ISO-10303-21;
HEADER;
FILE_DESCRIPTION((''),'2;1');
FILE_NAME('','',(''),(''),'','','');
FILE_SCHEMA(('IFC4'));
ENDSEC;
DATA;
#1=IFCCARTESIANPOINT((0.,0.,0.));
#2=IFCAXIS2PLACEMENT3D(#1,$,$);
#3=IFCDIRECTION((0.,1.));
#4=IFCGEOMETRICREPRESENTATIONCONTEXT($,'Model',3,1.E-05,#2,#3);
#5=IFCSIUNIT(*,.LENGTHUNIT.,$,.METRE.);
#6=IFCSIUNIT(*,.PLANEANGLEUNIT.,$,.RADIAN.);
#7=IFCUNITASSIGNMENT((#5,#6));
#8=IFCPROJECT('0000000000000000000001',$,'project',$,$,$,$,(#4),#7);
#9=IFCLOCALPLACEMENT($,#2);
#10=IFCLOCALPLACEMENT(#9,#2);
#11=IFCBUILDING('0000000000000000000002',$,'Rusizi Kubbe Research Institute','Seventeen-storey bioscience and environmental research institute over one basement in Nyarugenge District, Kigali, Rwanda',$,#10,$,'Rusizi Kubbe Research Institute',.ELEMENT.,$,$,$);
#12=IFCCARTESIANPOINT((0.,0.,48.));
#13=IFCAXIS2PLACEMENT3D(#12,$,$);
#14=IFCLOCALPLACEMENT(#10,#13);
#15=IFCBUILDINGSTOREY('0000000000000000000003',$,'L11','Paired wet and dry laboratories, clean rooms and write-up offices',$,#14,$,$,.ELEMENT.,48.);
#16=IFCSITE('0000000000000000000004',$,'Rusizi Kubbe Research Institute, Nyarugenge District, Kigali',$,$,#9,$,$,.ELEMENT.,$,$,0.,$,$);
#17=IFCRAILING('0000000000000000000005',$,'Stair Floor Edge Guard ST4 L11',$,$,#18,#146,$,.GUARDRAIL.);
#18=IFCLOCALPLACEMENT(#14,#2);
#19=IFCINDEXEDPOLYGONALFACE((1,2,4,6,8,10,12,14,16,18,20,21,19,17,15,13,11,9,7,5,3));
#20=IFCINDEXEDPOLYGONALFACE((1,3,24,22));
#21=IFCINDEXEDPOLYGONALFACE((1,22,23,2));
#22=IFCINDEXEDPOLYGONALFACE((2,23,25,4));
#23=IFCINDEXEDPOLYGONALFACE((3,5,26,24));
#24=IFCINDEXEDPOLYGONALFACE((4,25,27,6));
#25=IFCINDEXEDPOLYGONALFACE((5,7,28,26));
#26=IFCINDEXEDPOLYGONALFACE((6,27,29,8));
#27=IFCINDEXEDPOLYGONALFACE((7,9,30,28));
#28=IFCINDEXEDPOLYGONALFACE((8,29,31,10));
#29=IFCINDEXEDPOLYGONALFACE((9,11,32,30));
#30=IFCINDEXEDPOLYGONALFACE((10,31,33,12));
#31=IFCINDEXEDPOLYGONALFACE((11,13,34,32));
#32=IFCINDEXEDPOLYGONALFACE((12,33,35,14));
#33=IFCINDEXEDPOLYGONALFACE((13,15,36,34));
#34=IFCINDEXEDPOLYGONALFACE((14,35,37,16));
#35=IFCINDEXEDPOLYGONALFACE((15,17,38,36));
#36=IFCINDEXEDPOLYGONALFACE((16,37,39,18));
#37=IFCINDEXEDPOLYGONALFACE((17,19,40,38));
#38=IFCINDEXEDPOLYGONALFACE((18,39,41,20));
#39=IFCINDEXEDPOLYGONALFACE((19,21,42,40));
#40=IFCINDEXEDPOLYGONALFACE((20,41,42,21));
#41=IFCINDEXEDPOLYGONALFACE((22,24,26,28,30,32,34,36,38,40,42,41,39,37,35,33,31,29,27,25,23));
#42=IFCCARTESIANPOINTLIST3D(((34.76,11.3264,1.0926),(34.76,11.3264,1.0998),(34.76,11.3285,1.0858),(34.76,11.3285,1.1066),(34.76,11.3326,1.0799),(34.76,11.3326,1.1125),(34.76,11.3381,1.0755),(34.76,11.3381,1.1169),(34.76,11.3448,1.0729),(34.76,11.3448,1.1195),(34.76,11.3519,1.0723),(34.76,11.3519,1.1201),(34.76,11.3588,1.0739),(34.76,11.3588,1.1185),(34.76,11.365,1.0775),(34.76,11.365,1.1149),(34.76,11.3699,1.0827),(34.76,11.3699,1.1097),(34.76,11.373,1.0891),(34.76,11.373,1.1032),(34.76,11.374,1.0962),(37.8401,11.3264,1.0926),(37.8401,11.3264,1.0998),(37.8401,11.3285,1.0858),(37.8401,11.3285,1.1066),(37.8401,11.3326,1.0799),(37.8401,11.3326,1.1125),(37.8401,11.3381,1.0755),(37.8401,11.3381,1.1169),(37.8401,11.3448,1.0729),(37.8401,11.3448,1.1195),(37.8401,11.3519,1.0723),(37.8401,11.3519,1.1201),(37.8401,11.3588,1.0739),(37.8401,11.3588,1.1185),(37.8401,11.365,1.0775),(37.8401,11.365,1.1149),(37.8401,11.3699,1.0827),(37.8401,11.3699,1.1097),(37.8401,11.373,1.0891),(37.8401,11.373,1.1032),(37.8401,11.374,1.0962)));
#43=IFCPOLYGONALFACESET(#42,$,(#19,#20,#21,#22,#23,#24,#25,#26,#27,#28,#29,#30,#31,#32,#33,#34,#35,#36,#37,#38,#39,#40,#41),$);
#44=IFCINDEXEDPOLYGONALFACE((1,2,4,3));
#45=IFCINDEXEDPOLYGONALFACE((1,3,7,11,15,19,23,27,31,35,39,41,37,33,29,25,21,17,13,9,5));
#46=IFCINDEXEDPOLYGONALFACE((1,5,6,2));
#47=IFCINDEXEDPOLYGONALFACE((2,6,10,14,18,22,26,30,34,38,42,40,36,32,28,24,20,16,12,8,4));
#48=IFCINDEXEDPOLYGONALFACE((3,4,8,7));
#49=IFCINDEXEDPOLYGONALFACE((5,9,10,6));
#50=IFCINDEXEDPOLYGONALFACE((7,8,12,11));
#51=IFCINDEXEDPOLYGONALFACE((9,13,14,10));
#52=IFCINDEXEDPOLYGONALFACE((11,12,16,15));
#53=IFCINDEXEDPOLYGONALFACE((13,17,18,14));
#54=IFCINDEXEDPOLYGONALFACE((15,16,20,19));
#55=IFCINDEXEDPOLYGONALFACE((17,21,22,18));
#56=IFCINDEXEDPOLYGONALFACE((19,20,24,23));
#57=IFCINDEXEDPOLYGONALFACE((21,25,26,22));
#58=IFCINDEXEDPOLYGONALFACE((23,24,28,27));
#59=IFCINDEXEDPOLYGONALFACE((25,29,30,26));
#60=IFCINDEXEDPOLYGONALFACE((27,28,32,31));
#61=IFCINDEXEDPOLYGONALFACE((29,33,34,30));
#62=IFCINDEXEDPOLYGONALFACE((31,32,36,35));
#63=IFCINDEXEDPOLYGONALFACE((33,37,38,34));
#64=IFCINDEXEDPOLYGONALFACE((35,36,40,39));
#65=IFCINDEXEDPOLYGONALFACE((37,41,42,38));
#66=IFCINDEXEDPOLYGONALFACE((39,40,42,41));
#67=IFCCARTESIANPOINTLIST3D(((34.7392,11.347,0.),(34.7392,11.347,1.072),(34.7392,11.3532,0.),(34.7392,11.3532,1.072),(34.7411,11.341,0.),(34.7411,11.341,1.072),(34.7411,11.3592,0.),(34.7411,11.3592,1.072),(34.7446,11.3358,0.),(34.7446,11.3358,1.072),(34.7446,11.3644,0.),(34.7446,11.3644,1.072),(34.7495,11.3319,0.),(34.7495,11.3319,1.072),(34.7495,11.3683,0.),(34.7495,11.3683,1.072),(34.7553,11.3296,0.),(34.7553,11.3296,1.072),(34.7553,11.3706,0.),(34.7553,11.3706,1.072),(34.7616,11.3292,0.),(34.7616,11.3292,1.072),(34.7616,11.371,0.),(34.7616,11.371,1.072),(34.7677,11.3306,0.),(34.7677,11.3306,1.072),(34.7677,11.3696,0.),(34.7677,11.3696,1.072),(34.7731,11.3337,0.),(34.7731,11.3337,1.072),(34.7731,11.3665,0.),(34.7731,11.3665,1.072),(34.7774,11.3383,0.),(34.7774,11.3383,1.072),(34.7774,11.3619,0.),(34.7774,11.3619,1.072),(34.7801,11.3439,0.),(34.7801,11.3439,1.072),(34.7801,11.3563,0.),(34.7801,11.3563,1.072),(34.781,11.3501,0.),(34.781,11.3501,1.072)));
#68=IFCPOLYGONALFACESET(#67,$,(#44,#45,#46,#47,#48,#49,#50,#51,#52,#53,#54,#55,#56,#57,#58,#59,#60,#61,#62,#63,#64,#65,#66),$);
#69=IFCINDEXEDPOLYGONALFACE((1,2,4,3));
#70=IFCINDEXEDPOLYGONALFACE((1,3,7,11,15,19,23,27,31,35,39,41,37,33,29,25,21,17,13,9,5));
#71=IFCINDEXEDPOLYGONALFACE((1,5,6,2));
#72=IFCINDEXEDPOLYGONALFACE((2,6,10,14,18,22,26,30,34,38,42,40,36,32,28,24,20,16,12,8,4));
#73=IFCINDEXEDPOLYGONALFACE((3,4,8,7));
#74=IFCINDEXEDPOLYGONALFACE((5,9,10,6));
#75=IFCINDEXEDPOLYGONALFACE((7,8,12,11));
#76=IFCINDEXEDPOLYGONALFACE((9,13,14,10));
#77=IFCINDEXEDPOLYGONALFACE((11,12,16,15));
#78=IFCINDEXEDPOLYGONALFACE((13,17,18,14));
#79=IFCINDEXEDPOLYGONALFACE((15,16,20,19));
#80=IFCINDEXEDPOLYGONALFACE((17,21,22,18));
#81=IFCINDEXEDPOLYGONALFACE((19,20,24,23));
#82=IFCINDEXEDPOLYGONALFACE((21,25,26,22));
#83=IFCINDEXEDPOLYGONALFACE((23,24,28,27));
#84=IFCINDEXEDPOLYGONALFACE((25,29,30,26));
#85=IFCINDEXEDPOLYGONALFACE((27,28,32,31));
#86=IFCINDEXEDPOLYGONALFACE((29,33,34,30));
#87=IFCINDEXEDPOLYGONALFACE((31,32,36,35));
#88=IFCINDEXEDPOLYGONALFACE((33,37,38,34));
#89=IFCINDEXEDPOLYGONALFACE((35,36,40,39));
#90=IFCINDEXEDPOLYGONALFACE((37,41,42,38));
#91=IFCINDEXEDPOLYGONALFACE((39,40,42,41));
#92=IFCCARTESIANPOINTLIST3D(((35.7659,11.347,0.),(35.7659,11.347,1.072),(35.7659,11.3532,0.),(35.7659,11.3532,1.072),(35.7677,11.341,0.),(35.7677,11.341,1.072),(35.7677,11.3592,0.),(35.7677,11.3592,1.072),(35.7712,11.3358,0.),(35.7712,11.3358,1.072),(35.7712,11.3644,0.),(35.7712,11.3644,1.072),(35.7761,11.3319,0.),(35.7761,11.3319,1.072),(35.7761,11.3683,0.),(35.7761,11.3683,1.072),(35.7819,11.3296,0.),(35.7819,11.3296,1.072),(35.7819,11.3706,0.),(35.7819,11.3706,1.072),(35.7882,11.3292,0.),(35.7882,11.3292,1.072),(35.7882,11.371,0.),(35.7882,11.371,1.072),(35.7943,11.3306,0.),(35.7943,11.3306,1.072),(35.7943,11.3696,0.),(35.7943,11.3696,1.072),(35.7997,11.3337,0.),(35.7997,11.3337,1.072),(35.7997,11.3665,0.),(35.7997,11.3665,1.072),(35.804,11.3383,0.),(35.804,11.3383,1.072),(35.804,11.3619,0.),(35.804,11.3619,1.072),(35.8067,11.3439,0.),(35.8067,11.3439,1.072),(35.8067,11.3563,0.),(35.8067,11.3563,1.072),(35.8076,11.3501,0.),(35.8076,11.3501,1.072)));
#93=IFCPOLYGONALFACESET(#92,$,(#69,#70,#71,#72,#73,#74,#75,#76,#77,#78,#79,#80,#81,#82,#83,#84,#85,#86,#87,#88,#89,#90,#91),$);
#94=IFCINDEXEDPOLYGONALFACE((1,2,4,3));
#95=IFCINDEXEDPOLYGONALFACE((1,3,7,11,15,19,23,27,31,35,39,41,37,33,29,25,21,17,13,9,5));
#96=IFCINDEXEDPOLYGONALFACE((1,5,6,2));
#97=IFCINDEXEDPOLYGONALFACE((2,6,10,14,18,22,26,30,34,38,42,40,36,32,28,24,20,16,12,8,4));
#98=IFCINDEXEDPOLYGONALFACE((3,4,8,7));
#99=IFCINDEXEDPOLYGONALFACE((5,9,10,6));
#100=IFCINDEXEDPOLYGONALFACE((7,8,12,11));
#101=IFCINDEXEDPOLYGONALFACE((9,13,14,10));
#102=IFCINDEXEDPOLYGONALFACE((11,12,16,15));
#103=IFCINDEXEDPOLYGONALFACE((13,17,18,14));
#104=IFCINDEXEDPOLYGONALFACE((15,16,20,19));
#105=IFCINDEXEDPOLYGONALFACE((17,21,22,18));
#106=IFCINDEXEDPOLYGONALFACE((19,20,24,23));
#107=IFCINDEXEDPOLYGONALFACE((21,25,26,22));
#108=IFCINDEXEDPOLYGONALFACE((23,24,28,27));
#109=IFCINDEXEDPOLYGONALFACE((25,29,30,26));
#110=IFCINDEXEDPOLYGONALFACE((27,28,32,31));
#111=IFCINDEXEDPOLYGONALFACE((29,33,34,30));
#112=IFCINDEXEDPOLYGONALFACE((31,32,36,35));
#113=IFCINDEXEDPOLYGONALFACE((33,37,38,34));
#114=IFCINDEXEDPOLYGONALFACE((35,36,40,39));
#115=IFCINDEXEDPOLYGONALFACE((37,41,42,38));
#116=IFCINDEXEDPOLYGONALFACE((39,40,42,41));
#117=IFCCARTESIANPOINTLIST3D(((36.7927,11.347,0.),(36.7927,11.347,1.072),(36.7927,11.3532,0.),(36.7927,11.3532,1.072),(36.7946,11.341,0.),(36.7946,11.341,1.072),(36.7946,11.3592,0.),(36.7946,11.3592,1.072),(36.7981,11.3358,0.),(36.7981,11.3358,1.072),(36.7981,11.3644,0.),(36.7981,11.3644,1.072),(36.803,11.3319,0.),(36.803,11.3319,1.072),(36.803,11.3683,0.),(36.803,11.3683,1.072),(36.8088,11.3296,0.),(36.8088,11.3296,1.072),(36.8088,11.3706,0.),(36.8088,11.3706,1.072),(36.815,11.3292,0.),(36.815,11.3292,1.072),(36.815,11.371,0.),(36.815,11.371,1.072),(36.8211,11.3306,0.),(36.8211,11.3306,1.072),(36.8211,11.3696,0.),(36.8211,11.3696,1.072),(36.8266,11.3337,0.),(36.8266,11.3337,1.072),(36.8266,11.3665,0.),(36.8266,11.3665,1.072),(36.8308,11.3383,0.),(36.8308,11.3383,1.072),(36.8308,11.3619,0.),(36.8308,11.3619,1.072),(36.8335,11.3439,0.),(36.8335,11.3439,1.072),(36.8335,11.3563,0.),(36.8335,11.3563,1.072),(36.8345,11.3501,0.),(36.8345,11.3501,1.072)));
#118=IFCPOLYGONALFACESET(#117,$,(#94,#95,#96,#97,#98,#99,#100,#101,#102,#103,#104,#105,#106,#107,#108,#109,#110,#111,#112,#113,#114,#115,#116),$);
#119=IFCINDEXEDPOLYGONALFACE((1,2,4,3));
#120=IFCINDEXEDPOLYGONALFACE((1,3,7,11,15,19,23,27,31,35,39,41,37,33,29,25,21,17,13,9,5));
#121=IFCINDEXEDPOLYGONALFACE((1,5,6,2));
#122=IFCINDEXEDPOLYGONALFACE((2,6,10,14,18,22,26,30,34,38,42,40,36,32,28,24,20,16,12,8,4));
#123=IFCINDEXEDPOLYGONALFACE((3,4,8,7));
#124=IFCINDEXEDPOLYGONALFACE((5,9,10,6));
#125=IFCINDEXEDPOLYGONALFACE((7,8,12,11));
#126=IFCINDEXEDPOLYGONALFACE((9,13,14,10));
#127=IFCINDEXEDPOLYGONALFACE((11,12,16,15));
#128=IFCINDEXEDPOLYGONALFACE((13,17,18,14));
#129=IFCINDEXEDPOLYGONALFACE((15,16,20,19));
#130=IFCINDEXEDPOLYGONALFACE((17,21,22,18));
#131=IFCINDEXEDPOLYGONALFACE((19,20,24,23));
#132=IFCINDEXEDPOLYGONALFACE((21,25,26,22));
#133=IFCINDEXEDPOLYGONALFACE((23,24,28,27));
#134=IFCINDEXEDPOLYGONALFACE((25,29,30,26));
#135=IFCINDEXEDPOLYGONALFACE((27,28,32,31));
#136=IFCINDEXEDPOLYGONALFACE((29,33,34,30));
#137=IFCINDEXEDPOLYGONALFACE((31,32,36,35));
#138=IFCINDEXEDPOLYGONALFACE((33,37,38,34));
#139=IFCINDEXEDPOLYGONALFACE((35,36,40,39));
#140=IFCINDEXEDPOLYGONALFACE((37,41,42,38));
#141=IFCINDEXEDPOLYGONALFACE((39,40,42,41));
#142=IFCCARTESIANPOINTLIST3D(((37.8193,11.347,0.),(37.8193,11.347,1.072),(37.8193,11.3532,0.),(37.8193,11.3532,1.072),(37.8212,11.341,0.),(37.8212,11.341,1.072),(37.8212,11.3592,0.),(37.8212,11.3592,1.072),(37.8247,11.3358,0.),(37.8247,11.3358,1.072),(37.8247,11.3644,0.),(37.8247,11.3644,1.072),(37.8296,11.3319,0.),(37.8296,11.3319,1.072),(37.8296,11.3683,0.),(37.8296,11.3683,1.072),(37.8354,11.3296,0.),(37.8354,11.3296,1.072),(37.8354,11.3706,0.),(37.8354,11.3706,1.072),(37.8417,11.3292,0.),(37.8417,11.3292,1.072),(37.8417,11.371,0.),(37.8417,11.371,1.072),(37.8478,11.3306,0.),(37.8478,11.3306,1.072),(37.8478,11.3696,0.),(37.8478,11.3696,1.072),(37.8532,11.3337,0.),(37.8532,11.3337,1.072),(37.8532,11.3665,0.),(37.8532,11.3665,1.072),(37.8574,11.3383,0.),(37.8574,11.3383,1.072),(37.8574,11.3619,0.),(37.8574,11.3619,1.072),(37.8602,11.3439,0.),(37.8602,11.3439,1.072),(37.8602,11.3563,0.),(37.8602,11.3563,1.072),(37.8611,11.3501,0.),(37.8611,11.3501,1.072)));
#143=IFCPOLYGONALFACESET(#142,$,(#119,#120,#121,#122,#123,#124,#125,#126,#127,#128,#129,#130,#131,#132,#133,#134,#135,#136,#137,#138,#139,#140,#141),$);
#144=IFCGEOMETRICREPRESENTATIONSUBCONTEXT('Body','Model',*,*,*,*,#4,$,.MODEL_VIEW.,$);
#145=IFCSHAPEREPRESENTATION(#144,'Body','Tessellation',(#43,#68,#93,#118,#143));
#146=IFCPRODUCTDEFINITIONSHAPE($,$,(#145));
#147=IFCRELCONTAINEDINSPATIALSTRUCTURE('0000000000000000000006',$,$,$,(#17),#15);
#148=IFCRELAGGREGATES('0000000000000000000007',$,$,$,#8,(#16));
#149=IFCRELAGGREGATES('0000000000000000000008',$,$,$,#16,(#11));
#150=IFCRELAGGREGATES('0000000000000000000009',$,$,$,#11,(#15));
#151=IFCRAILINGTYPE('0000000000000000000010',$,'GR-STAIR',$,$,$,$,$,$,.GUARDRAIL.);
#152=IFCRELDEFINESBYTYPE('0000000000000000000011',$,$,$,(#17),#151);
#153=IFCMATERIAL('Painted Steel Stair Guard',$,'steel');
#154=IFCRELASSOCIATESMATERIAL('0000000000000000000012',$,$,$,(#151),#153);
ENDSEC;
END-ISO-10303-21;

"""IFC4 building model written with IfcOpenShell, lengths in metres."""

from ifc_helpers import new_model, si_unit, direction, frame, origin, origin_2d, place, context, subcontext, project, spatial, circle, extrude, material, type_object, element, save


model = new_model("IFC4")

# Units and contexts
model_context = context("Model", 3, precision=1e-05, world=origin(), true_north=direction((0.0, 1.0)))
body_context = subcontext(model_context, "Body", "Model", "MODEL_VIEW")
ifc_project = project(units=[si_unit("LENGTHUNIT", "METRE"), si_unit("PLANEANGLEUNIT", "RADIAN")], contexts=[model_context])

# Site, building, storey
site_placement = place(None, origin())
site = spatial("IfcSite", under=ifc_project, at=site_placement, Name="Rusizi Kubbe Research Institute, Nyarugenge District, Kigali", CompositionType="ELEMENT", RefElevation=0.0)
building_placement = place(site_placement, origin())
building = spatial("IfcBuilding", under=site, at=building_placement, Name="Rusizi Kubbe Research Institute", Description="Seventeen-storey bioscience and environmental research institute over one basement in Nyarugenge District, Kigali, Rwanda", LongName="Rusizi Kubbe Research Institute", CompositionType="ELEMENT")
storey_placement = place(building_placement, frame((0.0, 0.0, 48.0)))
storey = spatial("IfcBuildingStorey", under=building, at=storey_placement, Name="L11", Description="Paired wet and dry laboratories, clean rooms and write-up offices", CompositionType="ELEMENT", Elevation=48.0)

# Railing
ifc_material_1 = material(Name="Painted Steel Stair Guard", Category="steel")
railing_type_1 = type_object("IfcRailingType", Name="GR-STAIR", PredefinedType="GUARDRAIL", material=ifc_material_1)
railing_1_placement = place(storey_placement, frame((34.76, 11.3501, 0.0)))
element("IfcRailing", 1, at=railing_1_placement, inside=storey, type_object=railing_type_1, Name="Stair Floor Edge Guard ST4 L11", PredefinedType="GUARDRAIL", context=body_context, shape_type="SweptSolid", body=[
    extrude(circle(Radius=0.0239, at=origin_2d()), frame((0.0, 0.0, 1.0962), z_axis=(1.0, 0.0, 0.0), x_axis=(0.0, 1.0, 0.0)), (0.0, 0.0, 1.0), 3.0801),
    extrude(circle(Radius=0.021, at=origin_2d()), origin(), (0.0, 0.0, 1.0), 1.072),
    extrude(circle(Radius=0.021, at=origin_2d()), frame((1.0266, 0.0, 0.0)), (0.0, 0.0, 1.0), 1.072),
    extrude(circle(Radius=0.021, at=origin_2d()), frame((2.0535, 0.0, 0.0)), (0.0, 0.0, 1.0), 1.072),
    extrude(circle(Radius=0.021, at=origin_2d()), frame((3.0801, 0.0, 0.0)), (0.0, 0.0, 1.0), 1.072),
])

save(model, "model.ifc")
